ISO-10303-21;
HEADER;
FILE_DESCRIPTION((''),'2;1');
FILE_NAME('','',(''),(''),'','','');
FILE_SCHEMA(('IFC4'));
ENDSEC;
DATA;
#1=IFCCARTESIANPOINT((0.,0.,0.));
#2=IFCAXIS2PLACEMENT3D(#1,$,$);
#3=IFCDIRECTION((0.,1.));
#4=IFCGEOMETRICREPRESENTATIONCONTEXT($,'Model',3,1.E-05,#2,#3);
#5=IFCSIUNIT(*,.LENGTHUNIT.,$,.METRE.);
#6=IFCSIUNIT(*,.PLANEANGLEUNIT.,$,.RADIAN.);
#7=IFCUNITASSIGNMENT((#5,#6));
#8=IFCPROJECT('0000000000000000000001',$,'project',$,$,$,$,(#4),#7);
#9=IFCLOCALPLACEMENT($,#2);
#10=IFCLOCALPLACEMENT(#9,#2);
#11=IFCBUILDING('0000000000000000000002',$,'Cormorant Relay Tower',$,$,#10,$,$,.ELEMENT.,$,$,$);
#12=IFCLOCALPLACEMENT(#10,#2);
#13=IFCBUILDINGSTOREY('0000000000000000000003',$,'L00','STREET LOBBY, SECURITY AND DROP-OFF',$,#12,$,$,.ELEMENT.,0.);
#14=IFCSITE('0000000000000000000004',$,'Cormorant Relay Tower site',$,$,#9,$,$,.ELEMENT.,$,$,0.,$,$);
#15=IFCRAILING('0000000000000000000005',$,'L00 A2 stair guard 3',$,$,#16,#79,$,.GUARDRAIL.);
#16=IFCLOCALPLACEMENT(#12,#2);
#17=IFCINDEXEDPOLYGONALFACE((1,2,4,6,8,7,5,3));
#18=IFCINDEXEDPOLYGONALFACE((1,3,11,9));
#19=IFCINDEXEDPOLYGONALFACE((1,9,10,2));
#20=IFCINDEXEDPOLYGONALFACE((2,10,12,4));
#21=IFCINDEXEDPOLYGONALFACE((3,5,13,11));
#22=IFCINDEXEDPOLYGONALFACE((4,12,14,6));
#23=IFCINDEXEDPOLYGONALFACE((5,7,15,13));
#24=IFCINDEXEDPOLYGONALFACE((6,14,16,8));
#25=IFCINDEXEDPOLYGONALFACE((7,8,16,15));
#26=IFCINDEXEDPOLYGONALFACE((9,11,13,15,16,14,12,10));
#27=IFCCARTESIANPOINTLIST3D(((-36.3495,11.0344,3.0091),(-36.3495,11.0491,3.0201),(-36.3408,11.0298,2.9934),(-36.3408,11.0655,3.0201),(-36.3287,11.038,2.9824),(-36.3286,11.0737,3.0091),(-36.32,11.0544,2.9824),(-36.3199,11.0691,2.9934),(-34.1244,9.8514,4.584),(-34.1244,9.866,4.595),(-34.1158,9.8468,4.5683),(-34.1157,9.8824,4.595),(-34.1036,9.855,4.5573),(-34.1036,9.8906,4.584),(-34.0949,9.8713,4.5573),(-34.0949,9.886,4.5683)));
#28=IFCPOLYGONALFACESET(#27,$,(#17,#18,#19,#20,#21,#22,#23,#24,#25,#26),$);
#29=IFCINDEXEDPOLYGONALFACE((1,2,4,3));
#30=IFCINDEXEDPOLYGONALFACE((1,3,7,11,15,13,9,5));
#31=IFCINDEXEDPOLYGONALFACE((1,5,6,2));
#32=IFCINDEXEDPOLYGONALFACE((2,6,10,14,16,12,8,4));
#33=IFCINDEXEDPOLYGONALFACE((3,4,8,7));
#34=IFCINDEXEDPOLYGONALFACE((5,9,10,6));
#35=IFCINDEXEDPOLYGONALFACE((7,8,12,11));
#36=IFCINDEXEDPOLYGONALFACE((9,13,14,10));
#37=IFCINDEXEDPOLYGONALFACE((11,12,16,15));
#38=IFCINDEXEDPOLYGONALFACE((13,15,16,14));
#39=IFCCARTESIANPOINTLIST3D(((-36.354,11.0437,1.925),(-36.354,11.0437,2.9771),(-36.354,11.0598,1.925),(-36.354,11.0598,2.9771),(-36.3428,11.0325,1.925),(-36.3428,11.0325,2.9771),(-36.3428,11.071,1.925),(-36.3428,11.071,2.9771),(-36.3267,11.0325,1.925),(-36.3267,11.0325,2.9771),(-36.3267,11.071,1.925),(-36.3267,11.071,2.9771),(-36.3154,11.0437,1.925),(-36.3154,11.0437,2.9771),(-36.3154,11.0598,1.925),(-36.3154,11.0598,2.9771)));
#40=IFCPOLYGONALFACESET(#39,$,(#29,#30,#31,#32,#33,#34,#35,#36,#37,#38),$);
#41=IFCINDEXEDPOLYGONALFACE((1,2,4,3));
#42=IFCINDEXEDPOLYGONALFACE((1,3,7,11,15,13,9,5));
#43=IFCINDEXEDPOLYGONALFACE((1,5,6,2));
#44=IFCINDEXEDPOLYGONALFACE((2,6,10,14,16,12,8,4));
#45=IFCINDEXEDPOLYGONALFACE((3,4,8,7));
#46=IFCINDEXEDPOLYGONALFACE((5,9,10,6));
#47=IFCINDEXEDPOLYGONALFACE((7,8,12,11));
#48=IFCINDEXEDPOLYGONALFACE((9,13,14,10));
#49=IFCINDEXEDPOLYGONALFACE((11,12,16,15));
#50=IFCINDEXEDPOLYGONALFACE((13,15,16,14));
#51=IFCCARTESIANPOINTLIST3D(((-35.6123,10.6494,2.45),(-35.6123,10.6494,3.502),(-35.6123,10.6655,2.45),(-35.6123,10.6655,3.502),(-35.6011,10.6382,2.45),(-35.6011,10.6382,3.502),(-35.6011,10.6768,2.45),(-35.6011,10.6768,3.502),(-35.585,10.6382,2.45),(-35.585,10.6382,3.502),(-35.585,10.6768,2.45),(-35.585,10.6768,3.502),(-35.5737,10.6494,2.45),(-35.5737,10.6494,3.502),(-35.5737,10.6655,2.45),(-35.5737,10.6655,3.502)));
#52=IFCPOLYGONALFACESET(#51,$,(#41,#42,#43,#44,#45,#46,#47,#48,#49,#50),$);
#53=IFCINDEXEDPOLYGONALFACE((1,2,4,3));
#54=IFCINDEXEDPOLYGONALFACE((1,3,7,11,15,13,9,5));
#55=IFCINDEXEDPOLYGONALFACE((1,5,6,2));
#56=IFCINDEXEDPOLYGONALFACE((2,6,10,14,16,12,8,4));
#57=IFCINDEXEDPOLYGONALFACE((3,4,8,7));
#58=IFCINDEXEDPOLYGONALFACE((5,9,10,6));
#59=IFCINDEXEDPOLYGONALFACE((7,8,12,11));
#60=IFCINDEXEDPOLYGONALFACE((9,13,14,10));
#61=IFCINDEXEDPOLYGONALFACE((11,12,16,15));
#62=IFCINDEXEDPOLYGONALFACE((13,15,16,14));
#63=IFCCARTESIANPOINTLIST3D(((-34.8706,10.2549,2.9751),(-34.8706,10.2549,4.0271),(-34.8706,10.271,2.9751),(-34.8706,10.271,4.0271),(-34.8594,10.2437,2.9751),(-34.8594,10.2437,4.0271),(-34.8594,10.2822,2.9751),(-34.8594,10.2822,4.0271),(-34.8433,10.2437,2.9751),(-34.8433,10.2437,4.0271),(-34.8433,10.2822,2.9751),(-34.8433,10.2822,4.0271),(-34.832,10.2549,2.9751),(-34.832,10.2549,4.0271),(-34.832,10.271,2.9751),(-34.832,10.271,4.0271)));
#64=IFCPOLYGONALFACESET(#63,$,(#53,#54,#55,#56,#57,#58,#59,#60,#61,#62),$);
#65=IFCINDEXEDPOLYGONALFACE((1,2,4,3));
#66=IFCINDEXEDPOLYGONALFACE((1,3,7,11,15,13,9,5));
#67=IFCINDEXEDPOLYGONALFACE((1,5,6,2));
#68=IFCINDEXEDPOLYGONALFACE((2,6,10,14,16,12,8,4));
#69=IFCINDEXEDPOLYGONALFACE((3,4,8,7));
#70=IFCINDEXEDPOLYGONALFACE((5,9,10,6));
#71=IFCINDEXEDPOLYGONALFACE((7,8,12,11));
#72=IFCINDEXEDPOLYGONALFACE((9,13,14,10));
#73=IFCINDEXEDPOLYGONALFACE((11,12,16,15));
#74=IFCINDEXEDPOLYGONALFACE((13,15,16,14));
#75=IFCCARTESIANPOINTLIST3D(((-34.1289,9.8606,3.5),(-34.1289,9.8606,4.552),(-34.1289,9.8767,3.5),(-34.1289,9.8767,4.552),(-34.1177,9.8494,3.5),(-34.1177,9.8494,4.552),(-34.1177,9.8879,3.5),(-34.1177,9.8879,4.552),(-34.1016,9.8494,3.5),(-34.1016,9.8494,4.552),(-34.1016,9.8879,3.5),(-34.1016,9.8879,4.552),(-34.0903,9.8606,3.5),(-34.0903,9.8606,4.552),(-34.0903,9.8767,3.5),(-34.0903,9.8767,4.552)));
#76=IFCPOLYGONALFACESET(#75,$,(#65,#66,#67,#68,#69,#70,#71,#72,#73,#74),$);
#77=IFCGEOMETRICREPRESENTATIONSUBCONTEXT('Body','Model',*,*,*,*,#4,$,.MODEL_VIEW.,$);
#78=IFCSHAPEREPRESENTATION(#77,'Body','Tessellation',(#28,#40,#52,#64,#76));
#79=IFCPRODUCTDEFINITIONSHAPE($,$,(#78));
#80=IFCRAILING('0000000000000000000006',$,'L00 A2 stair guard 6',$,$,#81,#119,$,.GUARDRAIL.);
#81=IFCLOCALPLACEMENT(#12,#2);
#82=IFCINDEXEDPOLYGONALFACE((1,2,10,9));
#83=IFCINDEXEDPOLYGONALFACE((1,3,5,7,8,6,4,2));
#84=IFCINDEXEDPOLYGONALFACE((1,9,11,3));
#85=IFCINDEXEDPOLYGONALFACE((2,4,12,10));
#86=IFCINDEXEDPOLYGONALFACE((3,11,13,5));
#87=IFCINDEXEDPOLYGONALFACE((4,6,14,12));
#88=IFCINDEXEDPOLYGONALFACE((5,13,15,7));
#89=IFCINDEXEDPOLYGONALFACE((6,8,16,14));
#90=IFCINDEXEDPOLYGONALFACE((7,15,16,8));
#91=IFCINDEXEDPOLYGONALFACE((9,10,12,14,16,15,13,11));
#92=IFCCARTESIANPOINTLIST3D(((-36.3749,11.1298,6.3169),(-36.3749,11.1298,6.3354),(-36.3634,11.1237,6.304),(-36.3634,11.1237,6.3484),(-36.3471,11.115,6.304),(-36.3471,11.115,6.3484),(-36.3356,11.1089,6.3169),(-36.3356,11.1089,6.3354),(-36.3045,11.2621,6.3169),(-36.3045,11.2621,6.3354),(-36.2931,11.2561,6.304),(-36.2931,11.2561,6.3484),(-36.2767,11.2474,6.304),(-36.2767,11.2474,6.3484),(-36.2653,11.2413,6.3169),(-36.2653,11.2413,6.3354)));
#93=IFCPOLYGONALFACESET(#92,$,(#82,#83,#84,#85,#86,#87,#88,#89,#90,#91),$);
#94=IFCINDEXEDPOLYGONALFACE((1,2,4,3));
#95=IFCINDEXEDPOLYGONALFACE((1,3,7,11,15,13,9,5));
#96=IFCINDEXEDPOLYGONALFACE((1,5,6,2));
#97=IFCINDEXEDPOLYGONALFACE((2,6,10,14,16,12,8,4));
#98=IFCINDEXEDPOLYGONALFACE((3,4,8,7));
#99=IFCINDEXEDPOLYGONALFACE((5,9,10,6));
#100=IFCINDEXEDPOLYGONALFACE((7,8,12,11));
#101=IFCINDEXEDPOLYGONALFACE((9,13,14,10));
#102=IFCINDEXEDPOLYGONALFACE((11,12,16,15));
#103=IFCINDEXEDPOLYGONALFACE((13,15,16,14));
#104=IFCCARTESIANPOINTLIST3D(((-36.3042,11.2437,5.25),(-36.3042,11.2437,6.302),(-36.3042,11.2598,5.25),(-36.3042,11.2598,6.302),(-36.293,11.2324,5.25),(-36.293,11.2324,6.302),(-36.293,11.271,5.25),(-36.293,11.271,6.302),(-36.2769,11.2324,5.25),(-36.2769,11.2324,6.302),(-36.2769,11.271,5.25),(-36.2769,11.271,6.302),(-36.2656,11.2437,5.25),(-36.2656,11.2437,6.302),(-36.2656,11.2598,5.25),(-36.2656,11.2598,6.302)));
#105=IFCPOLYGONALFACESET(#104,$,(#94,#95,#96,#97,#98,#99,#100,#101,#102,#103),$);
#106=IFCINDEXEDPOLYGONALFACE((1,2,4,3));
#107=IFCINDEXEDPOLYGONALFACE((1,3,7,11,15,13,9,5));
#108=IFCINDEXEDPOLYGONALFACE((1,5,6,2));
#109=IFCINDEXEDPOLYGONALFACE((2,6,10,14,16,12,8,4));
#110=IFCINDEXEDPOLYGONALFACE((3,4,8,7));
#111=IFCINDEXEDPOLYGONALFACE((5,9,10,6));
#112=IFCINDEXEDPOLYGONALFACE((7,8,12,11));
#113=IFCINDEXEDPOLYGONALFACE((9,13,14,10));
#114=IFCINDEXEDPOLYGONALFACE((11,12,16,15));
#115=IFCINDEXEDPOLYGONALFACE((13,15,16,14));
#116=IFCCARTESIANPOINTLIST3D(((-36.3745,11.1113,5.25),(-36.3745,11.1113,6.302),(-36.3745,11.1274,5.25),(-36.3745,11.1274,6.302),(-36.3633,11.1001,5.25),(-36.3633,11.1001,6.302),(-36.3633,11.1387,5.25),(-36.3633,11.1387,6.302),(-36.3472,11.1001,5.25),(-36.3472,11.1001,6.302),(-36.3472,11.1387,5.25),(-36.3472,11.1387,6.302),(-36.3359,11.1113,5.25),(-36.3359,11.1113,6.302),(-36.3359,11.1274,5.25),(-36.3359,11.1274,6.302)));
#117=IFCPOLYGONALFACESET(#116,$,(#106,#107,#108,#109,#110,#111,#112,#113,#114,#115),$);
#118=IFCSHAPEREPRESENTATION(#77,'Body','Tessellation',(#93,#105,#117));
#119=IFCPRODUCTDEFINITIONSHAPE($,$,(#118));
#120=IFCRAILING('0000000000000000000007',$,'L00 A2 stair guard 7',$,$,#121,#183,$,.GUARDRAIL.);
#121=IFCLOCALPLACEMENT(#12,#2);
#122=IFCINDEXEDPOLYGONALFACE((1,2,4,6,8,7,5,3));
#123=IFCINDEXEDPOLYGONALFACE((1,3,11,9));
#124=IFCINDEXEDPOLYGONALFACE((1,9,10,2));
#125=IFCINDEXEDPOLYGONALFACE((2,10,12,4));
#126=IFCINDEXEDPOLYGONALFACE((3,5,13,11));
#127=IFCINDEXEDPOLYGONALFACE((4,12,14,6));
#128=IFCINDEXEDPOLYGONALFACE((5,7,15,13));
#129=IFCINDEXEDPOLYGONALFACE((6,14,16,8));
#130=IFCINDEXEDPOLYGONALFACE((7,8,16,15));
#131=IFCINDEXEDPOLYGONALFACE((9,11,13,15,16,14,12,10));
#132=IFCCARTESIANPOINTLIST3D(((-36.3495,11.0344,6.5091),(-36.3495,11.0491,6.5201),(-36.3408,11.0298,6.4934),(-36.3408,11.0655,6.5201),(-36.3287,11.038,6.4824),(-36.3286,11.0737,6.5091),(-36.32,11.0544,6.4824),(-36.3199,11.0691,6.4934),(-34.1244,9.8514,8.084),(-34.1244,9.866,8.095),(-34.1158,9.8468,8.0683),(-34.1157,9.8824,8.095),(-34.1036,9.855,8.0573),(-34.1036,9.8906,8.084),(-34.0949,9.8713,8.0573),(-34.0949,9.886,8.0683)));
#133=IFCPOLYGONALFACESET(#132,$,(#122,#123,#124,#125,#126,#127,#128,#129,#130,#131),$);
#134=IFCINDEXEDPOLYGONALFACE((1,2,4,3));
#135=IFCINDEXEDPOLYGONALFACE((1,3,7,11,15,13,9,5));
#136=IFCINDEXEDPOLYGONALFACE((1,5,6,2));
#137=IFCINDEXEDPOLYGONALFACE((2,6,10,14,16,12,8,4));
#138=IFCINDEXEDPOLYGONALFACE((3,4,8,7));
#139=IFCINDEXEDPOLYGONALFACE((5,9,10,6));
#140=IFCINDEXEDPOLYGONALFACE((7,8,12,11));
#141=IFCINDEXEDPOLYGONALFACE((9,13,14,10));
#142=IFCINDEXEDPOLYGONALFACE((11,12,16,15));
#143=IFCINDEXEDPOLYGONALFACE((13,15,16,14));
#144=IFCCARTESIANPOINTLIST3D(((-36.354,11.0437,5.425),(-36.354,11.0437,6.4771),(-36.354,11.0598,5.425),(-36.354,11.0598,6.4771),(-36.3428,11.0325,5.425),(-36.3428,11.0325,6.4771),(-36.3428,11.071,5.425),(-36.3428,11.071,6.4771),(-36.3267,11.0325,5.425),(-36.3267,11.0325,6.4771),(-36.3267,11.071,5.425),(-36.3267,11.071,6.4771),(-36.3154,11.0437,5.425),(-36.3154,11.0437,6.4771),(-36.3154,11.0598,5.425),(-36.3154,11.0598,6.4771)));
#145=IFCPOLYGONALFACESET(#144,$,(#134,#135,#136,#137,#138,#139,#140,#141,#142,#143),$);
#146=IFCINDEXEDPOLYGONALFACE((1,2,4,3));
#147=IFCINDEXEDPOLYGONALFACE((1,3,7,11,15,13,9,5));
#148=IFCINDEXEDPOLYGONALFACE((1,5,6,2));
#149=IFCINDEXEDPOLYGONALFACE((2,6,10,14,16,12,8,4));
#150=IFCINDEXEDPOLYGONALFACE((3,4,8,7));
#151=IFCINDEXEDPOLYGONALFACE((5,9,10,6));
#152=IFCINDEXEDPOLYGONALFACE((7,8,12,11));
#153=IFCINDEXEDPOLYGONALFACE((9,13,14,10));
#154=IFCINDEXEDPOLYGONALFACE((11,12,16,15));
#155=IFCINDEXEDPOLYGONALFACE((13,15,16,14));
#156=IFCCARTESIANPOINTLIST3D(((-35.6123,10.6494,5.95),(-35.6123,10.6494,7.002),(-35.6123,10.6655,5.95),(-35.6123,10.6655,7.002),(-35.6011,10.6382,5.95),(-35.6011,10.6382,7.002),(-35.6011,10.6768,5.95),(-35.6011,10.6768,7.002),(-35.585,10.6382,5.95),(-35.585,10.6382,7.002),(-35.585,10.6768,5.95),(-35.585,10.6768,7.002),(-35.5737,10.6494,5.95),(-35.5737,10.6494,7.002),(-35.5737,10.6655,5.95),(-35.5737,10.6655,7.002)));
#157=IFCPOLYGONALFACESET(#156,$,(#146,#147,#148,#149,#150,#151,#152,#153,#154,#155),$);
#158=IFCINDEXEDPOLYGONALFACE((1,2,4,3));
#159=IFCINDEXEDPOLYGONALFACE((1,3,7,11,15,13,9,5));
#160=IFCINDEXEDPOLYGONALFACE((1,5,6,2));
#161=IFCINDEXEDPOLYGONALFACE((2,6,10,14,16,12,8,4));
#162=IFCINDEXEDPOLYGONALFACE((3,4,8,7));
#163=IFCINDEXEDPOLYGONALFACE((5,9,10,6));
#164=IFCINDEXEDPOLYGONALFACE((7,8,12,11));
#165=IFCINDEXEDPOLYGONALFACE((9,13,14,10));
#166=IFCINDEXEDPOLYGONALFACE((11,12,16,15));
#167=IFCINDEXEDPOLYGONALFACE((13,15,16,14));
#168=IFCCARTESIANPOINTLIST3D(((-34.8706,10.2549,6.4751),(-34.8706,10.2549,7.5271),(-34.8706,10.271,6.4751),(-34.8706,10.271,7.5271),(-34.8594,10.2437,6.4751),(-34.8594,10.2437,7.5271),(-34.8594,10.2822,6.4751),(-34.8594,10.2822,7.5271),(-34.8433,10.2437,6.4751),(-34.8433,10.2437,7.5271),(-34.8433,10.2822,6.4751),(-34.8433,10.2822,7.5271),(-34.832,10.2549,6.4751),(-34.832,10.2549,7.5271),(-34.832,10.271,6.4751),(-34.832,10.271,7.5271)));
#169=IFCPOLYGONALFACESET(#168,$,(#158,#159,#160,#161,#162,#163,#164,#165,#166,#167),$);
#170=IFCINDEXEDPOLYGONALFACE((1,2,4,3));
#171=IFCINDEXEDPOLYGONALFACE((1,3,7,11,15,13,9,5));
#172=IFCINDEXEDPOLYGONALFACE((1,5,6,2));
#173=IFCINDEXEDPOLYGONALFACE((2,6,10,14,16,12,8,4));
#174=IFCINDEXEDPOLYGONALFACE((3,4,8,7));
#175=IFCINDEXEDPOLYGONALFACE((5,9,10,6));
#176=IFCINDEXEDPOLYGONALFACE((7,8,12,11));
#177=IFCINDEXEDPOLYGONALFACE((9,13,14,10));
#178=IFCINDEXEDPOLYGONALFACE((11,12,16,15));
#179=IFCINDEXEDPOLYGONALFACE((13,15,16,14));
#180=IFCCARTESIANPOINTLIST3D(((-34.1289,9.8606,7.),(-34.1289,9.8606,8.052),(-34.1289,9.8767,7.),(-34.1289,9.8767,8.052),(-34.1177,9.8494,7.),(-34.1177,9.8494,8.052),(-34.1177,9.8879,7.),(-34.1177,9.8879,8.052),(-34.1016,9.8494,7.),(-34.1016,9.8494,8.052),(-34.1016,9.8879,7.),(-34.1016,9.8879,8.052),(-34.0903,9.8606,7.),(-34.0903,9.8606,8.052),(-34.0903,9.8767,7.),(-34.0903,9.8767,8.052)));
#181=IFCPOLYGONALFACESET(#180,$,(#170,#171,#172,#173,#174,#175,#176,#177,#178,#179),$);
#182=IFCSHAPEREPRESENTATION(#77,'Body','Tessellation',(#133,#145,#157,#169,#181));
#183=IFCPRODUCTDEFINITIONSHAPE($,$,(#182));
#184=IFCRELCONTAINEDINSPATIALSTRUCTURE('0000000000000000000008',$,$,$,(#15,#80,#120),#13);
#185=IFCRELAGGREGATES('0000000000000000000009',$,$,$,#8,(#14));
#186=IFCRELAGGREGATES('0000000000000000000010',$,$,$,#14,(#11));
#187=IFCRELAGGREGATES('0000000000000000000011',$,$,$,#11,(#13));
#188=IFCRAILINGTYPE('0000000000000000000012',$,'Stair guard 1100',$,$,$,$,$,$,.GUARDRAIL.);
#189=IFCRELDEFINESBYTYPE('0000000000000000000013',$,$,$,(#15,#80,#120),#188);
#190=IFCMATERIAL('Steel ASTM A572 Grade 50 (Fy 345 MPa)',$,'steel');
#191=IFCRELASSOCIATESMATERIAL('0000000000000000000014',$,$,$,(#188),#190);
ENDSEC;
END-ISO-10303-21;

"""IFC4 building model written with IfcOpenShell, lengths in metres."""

from ifc_helpers import new_model, si_unit, direction, frame, origin, place, context, subcontext, project, spatial, polyline, outline, extrude, material, type_object, element, save


model = new_model("IFC4")

# Units and contexts
model_context = context("Model", 3, precision=1e-05, world=origin(), true_north=direction((0.0, 1.0)))
body_context = subcontext(model_context, "Body", "Model", "MODEL_VIEW")
ifc_project = project(units=[si_unit("LENGTHUNIT", "METRE"), si_unit("PLANEANGLEUNIT", "RADIAN")], contexts=[model_context])

# Site, building, storey
site_placement = place(None, origin())
site = spatial("IfcSite", under=ifc_project, at=site_placement, Name="Cormorant Relay Tower site", CompositionType="ELEMENT", RefElevation=0.0)
building_placement = place(site_placement, origin())
building = spatial("IfcBuilding", under=site, at=building_placement, Name="Cormorant Relay Tower", CompositionType="ELEMENT")
storey_placement = place(building_placement, origin())
storey = spatial("IfcBuildingStorey", under=building, at=storey_placement, Name="L00", Description="STREET LOBBY, SECURITY AND DROP-OFF", CompositionType="ELEMENT", Elevation=0.0)

# Railings
ifc_material_1 = material(Name="Steel ASTM A572 Grade 50 (Fy 345 MPa)", Category="steel")
railing_type_1 = type_object("IfcRailingType", Name="Stair guard 1100", PredefinedType="GUARDRAIL", material=ifc_material_1)
railing_1_placement = place(storey_placement, frame((-36.3347, 11.0518, 1.925)))
element("IfcRailing", 1, at=railing_1_placement, inside=storey, type_object=railing_type_1, Name="L00 A2 stair guard 3", PredefinedType="GUARDRAIL", context=body_context, shape_type="SweptSolid", body=[
    extrude(outline(polyline([(0.0222, 0.0093), (0.0093, 0.0222), (-0.0093, 0.0222), (-0.0222, 0.0093), (-0.0222, -0.0093), (-0.0093, -0.0222), (0.0093, -0.0222), (0.0222, -0.0093), (0.0222, 0.0093)])), frame((0.0, 0.0, 1.0762), z_axis=(0.748751, -0.398118, 0.529975), x_axis=(0.469472, 0.882948, 0.0)), (0.0, 0.0, 1.0), 2.9717),
    extrude(outline(polyline([(0.0193, 0.0081), (0.0081, 0.0193), (-0.0081, 0.0193), (-0.0193, 0.0081), (-0.0193, -0.0081), (-0.0081, -0.0193), (0.0081, -0.0193), (0.0193, -0.0081), (0.0193, 0.0081)])), origin(), (0.0, 0.0, 1.0), 1.052),
    extrude(outline(polyline([(0.0193, 0.0081), (0.0081, 0.0193), (-0.0081, 0.0193), (-0.0193, 0.0081), (-0.0193, -0.0081), (-0.0081, -0.0193), (0.0081, -0.0193), (0.0193, -0.0081), (0.0193, 0.0081)])), frame((0.7417, -0.3943, 0.5249)), (0.0, 0.0, 1.0), 1.052),
    extrude(outline(polyline([(0.0193, 0.0081), (0.0081, 0.0193), (-0.0081, 0.0193), (-0.0193, 0.0081), (-0.0193, -0.0081), (-0.0081, -0.0193), (0.0081, -0.0193), (0.0193, -0.0081), (0.0193, 0.0081)])), frame((1.4834, -0.7888, 1.05)), (0.0, 0.0, 1.0), 1.052),
    extrude(outline(polyline([(0.0193, 0.0081), (0.0081, 0.0193), (-0.0081, 0.0193), (-0.0193, 0.0081), (-0.0193, -0.0081), (-0.0081, -0.0193), (0.0081, -0.0193), (0.0193, -0.0081), (0.0193, 0.0081)])), frame((2.2251, -1.1831, 1.575)), (0.0, 0.0, 1.0), 1.052),
])
railing_2_placement = place(storey_placement, frame((-36.2849, 11.2517, 5.25)))
element("IfcRailing", 2, at=railing_2_placement, inside=storey, type_object=railing_type_1, Name="L00 A2 stair guard 6", PredefinedType="GUARDRAIL", context=body_context, shape_type="SweptSolid", body=[
    extrude(outline(polyline([(0.0222, 0.0093), (0.0093, 0.0222), (-0.0093, 0.0222), (-0.0222, 0.0093), (-0.0222, -0.0093), (-0.0093, -0.0222), (0.0093, -0.0222), (0.0222, -0.0093), (0.0222, 0.0093)])), frame((0.0, 0.0, 1.0762), z_axis=(-0.469235, -0.883074, 0.0), x_axis=(0.883074, -0.469235, 0.0)), (0.0, 0.0, 1.0), 0.1499),
    extrude(outline(polyline([(0.0193, 0.0081), (0.0081, 0.0193), (-0.0081, 0.0193), (-0.0193, 0.0081), (-0.0193, -0.0081), (-0.0081, -0.0193), (0.0081, -0.0193), (0.0193, -0.0081), (0.0193, 0.0081)])), origin(), (0.0, 0.0, 1.0), 1.052),
    extrude(outline(polyline([(0.0193, 0.0081), (0.0081, 0.0193), (-0.0081, 0.0193), (-0.0193, 0.0081), (-0.0193, -0.0081), (-0.0081, -0.0193), (0.0081, -0.0193), (0.0193, -0.0081), (0.0193, 0.0081)])), frame((-0.0703, -0.1323, 0.0)), (0.0, 0.0, 1.0), 1.052),
])
railing_3_placement = place(storey_placement, frame((-36.3347, 11.0518, 5.425)))
element("IfcRailing", 3, at=railing_3_placement, inside=storey, type_object=railing_type_1, Name="L00 A2 stair guard 7", PredefinedType="GUARDRAIL", context=body_context, shape_type="SweptSolid", body=[
    extrude(outline(polyline([(0.0222, 0.0093), (0.0093, 0.0222), (-0.0093, 0.0222), (-0.0222, 0.0093), (-0.0222, -0.0093), (-0.0093, -0.0222), (0.0093, -0.0222), (0.0222, -0.0093), (0.0222, 0.0093)])), frame((0.0, 0.0, 1.0762), z_axis=(0.748751, -0.398118, 0.529975), x_axis=(0.469472, 0.882948, 0.0)), (0.0, 0.0, 1.0), 2.9717),
    extrude(outline(polyline([(0.0193, 0.0081), (0.0081, 0.0193), (-0.0081, 0.0193), (-0.0193, 0.0081), (-0.0193, -0.0081), (-0.0081, -0.0193), (0.0081, -0.0193), (0.0193, -0.0081), (0.0193, 0.0081)])), origin(), (0.0, 0.0, 1.0), 1.052),
    extrude(outline(polyline([(0.0193, 0.0081), (0.0081, 0.0193), (-0.0081, 0.0193), (-0.0193, 0.0081), (-0.0193, -0.0081), (-0.0081, -0.0193), (0.0081, -0.0193), (0.0193, -0.0081), (0.0193, 0.0081)])), frame((0.7417, -0.3943, 0.5249)), (0.0, 0.0, 1.0), 1.052),
    extrude(outline(polyline([(0.0193, 0.0081), (0.0081, 0.0193), (-0.0081, 0.0193), (-0.0193, 0.0081), (-0.0193, -0.0081), (-0.0081, -0.0193), (0.0081, -0.0193), (0.0193, -0.0081), (0.0193, 0.0081)])), frame((1.4834, -0.7888, 1.05)), (0.0, 0.0, 1.0), 1.052),
    extrude(outline(polyline([(0.0193, 0.0081), (0.0081, 0.0193), (-0.0081, 0.0193), (-0.0193, 0.0081), (-0.0193, -0.0081), (-0.0081, -0.0193), (0.0081, -0.0193), (0.0193, -0.0081), (0.0193, 0.0081)])), frame((2.2251, -1.1831, 1.575)), (0.0, 0.0, 1.0), 1.052),
])

save(model, "model.ifc")
